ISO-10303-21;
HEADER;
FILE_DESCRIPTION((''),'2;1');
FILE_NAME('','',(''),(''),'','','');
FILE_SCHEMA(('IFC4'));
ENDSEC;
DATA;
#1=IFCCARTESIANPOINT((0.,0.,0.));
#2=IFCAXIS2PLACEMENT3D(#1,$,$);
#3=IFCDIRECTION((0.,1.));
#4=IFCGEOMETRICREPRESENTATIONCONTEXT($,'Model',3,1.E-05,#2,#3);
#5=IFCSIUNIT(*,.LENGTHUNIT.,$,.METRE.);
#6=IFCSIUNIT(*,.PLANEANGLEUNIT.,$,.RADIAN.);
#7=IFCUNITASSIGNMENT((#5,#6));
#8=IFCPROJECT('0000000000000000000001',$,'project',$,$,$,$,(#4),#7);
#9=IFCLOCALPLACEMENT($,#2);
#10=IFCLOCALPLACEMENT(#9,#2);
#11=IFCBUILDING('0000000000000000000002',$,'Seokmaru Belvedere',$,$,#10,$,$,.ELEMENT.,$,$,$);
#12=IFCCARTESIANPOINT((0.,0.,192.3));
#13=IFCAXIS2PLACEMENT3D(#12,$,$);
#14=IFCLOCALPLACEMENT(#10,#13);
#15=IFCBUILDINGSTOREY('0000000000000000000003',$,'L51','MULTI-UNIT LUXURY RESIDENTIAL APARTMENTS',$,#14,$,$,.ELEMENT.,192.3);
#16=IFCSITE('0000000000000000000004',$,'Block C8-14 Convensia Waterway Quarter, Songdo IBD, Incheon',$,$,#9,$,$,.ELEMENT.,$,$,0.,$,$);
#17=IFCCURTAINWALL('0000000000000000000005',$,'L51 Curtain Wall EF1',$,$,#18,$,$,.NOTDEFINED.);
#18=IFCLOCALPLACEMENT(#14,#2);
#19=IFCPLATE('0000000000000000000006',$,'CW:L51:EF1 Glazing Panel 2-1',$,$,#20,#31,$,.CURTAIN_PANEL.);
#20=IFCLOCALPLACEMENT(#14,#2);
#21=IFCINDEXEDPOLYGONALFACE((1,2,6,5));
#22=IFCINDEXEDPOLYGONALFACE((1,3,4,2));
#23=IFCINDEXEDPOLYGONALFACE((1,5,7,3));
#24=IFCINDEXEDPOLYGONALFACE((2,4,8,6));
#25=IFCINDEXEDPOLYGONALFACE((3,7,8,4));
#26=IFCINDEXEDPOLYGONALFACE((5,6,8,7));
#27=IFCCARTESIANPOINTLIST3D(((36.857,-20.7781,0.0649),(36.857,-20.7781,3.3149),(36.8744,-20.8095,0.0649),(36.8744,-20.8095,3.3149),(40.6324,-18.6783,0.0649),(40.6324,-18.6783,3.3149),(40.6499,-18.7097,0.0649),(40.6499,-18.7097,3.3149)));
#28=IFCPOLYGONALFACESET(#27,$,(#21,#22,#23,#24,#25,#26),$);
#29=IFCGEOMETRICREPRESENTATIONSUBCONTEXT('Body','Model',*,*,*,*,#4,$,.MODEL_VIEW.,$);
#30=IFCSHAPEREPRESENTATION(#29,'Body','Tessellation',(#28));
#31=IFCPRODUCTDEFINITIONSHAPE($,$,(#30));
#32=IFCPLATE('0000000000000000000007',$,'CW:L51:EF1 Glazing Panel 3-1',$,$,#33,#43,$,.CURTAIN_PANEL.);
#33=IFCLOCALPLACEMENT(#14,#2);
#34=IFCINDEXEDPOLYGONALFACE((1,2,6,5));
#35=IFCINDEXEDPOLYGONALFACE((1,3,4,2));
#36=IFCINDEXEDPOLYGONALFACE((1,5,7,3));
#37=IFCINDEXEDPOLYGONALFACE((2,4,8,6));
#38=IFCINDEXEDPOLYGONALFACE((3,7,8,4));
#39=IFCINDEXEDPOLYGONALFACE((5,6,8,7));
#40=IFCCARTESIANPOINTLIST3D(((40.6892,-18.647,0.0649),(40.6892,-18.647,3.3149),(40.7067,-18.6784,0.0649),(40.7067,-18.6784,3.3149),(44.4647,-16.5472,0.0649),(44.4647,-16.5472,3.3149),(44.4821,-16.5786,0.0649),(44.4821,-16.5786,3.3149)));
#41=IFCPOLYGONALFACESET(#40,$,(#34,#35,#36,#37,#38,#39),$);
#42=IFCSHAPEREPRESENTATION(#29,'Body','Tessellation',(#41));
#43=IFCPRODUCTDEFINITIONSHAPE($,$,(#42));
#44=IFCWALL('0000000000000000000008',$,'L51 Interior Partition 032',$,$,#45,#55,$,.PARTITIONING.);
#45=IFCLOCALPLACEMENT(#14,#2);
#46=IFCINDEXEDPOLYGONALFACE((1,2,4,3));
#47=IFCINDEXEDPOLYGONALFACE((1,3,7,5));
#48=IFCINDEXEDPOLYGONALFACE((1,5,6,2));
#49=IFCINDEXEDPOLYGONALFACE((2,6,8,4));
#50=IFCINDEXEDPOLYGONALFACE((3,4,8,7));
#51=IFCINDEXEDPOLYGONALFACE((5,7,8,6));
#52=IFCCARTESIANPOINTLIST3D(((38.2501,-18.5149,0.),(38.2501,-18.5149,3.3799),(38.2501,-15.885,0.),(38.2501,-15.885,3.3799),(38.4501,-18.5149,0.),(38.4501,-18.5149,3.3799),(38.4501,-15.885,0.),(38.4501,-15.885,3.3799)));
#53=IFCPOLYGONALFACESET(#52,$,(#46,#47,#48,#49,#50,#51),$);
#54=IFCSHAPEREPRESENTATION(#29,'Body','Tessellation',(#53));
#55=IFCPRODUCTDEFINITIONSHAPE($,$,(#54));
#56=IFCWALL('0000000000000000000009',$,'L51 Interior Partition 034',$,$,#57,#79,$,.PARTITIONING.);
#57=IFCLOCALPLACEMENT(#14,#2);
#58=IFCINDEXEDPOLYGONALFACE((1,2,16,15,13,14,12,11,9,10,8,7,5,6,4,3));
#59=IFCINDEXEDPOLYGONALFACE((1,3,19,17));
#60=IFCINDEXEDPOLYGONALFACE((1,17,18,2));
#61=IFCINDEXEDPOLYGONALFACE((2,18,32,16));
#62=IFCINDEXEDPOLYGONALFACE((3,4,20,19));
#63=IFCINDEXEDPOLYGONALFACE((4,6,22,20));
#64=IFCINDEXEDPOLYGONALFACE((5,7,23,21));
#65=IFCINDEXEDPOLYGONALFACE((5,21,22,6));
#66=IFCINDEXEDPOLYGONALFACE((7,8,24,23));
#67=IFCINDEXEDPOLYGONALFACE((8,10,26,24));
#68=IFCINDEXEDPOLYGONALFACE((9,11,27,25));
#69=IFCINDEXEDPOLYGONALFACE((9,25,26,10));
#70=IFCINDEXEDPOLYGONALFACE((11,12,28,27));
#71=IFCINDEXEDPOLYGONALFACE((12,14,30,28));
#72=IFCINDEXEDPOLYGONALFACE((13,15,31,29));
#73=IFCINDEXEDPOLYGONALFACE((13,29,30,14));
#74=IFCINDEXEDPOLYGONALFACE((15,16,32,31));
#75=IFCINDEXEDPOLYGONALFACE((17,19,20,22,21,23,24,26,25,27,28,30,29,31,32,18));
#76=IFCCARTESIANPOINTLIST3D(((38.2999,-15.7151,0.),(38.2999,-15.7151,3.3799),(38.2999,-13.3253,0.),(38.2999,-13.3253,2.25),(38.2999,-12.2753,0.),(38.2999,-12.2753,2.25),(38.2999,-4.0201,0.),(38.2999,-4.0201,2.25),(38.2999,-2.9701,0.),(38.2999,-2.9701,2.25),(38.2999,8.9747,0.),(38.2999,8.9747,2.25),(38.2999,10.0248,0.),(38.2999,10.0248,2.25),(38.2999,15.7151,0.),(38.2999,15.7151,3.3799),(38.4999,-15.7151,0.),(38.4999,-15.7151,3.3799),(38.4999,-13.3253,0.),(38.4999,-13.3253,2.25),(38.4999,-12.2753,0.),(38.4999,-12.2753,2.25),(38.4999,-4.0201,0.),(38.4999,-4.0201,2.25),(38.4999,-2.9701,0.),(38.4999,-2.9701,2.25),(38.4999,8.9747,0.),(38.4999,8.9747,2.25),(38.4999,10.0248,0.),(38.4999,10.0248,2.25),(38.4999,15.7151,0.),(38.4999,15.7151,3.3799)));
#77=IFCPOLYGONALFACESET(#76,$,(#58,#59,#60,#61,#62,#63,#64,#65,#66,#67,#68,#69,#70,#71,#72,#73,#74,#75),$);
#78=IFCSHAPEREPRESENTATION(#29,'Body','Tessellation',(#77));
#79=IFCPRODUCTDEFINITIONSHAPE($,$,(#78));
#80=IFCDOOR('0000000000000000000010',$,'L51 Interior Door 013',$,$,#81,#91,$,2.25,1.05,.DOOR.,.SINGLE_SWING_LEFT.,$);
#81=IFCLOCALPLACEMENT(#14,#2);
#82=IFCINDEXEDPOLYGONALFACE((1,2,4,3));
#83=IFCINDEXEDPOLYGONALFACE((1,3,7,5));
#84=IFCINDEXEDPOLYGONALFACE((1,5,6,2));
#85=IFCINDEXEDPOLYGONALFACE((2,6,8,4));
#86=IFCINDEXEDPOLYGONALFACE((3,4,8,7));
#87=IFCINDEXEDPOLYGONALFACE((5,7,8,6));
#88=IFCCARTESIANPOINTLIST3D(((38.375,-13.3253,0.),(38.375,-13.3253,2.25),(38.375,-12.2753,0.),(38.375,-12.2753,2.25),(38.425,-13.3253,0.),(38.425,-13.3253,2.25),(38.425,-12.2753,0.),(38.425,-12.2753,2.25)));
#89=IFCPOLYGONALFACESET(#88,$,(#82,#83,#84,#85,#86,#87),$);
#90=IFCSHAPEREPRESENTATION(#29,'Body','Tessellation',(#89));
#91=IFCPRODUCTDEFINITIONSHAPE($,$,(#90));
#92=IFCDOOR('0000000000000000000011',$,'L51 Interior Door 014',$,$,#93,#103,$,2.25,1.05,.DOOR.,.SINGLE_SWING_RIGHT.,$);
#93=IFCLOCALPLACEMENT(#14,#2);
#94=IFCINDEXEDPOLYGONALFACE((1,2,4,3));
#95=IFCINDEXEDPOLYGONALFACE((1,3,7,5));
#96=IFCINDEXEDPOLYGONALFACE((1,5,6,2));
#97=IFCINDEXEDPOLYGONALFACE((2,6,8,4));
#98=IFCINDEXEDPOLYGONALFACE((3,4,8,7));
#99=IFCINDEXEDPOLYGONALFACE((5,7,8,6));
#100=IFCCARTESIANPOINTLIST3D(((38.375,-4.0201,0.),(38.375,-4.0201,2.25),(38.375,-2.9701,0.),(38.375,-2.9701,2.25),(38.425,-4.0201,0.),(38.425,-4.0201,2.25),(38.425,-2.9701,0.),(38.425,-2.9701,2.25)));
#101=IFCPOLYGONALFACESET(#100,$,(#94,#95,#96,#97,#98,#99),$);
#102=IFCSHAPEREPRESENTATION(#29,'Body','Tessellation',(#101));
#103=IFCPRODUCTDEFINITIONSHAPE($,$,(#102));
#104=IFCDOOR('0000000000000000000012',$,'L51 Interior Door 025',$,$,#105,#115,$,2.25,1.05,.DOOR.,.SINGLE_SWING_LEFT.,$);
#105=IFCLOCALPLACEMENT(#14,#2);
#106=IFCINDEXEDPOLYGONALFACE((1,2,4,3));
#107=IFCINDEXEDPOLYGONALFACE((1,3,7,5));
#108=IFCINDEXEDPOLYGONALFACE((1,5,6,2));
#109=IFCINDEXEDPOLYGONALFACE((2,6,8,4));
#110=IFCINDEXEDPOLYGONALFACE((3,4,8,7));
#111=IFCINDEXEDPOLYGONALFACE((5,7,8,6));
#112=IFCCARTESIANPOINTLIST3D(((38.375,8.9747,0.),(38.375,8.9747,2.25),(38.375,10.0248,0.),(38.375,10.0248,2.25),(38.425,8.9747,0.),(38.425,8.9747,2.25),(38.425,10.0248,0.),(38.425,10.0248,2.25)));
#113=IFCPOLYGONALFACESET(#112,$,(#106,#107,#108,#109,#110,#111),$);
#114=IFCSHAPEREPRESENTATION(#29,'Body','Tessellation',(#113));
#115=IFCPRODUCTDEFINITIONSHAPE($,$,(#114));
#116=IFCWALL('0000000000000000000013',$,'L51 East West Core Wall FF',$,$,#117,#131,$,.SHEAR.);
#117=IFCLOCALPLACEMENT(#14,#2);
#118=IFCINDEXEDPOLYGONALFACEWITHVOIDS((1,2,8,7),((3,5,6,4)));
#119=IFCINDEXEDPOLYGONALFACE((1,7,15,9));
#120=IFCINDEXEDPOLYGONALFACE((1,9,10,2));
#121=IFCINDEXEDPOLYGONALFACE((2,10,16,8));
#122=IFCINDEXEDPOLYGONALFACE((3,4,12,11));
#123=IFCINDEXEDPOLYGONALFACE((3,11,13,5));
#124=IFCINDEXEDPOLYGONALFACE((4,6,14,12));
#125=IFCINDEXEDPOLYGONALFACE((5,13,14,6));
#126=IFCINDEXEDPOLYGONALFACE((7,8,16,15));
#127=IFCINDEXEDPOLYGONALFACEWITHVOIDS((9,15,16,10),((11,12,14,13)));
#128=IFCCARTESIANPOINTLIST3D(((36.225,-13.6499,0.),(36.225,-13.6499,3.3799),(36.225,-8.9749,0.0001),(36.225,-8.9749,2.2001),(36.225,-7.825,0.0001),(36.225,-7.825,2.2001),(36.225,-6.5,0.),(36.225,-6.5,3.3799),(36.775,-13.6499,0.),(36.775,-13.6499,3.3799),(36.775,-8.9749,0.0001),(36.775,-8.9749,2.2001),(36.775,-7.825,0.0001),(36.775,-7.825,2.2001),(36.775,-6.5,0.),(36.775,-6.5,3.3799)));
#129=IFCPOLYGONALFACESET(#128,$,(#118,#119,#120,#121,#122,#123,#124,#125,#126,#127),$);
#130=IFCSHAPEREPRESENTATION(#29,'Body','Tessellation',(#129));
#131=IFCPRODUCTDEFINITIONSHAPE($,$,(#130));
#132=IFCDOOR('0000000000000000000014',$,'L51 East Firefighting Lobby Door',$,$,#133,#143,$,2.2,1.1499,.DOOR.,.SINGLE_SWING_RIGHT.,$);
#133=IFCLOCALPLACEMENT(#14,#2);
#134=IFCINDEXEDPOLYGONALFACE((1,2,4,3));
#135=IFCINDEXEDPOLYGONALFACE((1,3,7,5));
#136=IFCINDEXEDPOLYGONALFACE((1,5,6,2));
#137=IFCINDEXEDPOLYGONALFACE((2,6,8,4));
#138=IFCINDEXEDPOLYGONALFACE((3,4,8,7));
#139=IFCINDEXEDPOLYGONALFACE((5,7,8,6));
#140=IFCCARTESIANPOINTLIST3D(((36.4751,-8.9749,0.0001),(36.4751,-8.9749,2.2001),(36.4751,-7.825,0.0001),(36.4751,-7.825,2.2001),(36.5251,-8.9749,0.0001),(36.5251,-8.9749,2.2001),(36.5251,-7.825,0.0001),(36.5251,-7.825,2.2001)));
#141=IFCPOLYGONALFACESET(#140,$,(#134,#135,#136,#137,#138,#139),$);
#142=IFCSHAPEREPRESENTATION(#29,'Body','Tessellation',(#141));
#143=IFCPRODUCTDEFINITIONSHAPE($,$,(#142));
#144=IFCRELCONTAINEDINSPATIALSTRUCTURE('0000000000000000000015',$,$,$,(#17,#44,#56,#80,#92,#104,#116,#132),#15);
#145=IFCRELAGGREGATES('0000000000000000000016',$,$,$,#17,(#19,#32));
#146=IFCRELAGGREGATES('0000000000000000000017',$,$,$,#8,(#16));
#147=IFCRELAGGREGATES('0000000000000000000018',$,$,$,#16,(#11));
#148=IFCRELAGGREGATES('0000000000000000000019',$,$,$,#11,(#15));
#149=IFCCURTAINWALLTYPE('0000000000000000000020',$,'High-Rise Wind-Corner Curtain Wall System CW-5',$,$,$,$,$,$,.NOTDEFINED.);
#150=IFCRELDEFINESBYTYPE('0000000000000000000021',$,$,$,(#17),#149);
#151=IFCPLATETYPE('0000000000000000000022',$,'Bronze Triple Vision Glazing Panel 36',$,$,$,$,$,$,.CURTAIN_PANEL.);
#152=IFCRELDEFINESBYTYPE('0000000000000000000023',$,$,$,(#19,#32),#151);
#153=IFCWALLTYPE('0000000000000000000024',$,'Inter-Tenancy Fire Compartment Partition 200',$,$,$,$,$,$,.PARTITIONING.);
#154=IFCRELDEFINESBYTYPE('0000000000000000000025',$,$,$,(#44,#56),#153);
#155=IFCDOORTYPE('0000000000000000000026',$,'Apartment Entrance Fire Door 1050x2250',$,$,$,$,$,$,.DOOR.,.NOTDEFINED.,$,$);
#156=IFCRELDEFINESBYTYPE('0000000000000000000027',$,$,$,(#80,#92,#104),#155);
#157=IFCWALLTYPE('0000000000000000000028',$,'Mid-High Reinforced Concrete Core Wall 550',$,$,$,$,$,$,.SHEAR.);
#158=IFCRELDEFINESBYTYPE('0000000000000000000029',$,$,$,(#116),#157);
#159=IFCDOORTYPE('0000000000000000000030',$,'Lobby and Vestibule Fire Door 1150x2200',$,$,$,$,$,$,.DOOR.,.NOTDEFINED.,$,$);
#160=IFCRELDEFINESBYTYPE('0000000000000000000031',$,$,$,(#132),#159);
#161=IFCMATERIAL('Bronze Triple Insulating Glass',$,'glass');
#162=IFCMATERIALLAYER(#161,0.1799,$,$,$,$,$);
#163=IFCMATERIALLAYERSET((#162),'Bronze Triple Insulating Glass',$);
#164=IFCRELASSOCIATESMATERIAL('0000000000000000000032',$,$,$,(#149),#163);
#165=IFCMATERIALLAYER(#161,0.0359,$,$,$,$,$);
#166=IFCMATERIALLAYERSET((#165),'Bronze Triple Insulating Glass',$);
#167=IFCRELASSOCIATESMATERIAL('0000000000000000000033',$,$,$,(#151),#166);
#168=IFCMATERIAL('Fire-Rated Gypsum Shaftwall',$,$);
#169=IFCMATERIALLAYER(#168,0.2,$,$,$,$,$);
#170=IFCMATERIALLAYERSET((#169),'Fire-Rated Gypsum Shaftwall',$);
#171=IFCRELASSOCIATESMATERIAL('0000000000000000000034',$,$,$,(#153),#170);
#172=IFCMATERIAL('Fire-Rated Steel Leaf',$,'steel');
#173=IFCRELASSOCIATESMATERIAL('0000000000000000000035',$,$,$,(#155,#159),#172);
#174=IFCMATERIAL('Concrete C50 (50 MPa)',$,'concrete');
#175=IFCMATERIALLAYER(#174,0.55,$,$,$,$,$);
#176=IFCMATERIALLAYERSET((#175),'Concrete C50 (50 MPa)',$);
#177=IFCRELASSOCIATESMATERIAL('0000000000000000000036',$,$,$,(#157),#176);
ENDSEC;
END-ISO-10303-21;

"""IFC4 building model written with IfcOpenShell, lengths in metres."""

from ifc_helpers import new_model, si_unit, direction, frame, frame_2d, origin, origin_2d, place, context, subcontext, project, spatial, rectangle, extrude, source, transform, mapped, material, layer, layer_set, type_object, type_shapes, element, fill, aggregate, save


model = new_model("IFC4")

# Units and contexts
model_context = context("Model", 3, precision=1e-05, world=origin(), true_north=direction((0.0, 1.0)))
body_context = subcontext(model_context, "Body", "Model", "MODEL_VIEW")
ifc_project = project(units=[si_unit("LENGTHUNIT", "METRE"), si_unit("PLANEANGLEUNIT", "RADIAN")], contexts=[model_context])

# Site, building, storey
site_placement = place(None, origin())
site = spatial("IfcSite", under=ifc_project, at=site_placement, Name="Block C8-14 Convensia Waterway Quarter, Songdo IBD, Incheon", CompositionType="ELEMENT", RefElevation=0.0)
building_placement = place(site_placement, origin())
building = spatial("IfcBuilding", under=site, at=building_placement, Name="Seokmaru Belvedere", CompositionType="ELEMENT")
storey_placement = place(building_placement, frame((0.0, 0.0, 192.3)))
storey = spatial("IfcBuildingStorey", under=building, at=storey_placement, Name="L51", Description="MULTI-UNIT LUXURY RESIDENTIAL APARTMENTS", CompositionType="ELEMENT", Elevation=192.3)

# Curtain wall, plates
ifc_material_1 = material(Name="Bronze Triple Insulating Glass", Category="glass")
ifc_layer_1 = layer(ifc_material_1, 0.1799)
ifc_layer_set_1 = layer_set([ifc_layer_1], Name="Bronze Triple Insulating Glass")
curtain_wall_type = type_object("IfcCurtainWallType", Name="High-Rise Wind-Corner Curtain Wall System CW-5", PredefinedType="NOTDEFINED", material=ifc_layer_set_1)
curtain_wall_placement = place(storey_placement, origin())
curtain_wall = element("IfcCurtainWall", 1, at=curtain_wall_placement, inside=storey, type_object=curtain_wall_type, Name="L51 Curtain Wall EF1", PredefinedType="NOTDEFINED")
ifc_layer_2 = layer(ifc_material_1, 0.0359)
ifc_layer_set_2 = layer_set([ifc_layer_2], Name="Bronze Triple Insulating Glass")
plate_type = type_object("IfcPlateType", Name="Bronze Triple Vision Glazing Panel 36", PredefinedType="CURTAIN_PANEL", material=ifc_layer_set_2)
shared_shape_1 = source(origin(), body_context, "Body", "SweptSolid", [
    extrude(rectangle(XDim=4.3201, YDim=0.0359, at=origin_2d()), origin(), (0.0, 0.0, 1.0), 3.25),
])
type_shapes(plate_type, [shared_shape_1])
plate_1_placement = place(storey_placement, frame((38.7534, -19.7439, 0.0649), z_axis=(0.0, 0.0, 1.0), x_axis=(0.873933, 0.486047, 0.0)))
plate_1 = element("IfcPlate", 2, at=plate_1_placement, type_object=plate_type, Name="CW:L51:EF1 Glazing Panel 2-1", PredefinedType="CURTAIN_PANEL", context=body_context, shape_type="MappedRepresentation", body=[
    mapped(shared_shape_1, transform((0.0, 0.0, 0.0), scale=1.0)),
])
plate_2_placement = place(storey_placement, frame((42.5857, -17.6128, 0.0649), z_axis=(0.0, 0.0, 1.0), x_axis=(0.873933, 0.486047, 0.0)))
plate_2 = element("IfcPlate", 3, at=plate_2_placement, type_object=plate_type, Name="CW:L51:EF1 Glazing Panel 3-1", PredefinedType="CURTAIN_PANEL", context=body_context, shape_type="MappedRepresentation", body=[
    mapped(shared_shape_1, transform((0.0, 0.0, 0.0), scale=1.0)),
])
aggregate(curtain_wall, [plate_1, plate_2])

# Wall
ifc_material_2 = material(Name="Fire-Rated Gypsum Shaftwall")
ifc_layer_3 = layer(ifc_material_2, 0.2)
ifc_layer_set_3 = layer_set([ifc_layer_3], Name="Fire-Rated Gypsum Shaftwall")
wall_type_1 = type_object("IfcWallType", Name="Inter-Tenancy Fire Compartment Partition 200", PredefinedType="PARTITIONING", material=ifc_layer_set_3)
wall_1_placement = place(storey_placement, frame((38.3501, -18.5149, 0.0), z_axis=(0.0, 0.0, 1.0), x_axis=(0.0, 1.0, 0.0)))
element("IfcWall", 4, at=wall_1_placement, inside=storey, type_object=wall_type_1, Name="L51 Interior Partition 032", PredefinedType="PARTITIONING", context=body_context, shape_type="SweptSolid", body=[
    extrude(rectangle(XDim=2.6299, YDim=0.2, at=frame_2d((1.3149, 0.0))), origin(), (0.0, 0.0, 1.0), 3.3799),
])

# Wall, openings, doors
wall_2_placement = place(storey_placement, frame((38.3999, -15.7151, 0.0), z_axis=(0.0, 0.0, 1.0), x_axis=(0.0, 1.0, 0.0)))
wall_2 = element("IfcWall", 5, at=wall_2_placement, inside=storey, type_object=wall_type_1, Name="L51 Interior Partition 034", PredefinedType="PARTITIONING", context=body_context, shape_type="SweptSolid", body=[
    extrude(rectangle(XDim=31.4302, YDim=0.2, at=frame_2d((15.7151, 0.0))), origin(), (0.0, 0.0, 1.0), 3.3799),
])
opening_1_placement = place(wall_2_placement, frame((2.3899, 0.0, 0.0)))
opening_1 = element("IfcOpeningElement", 6, at=opening_1_placement, cuts=wall_2, PredefinedType="OPENING", context=body_context, shape_type="SweptSolid", body=[
    extrude(rectangle(XDim=1.05, YDim=2.25, at=frame_2d((0.5249, 1.125))), frame((0.0, 0.1099, 0.0), z_axis=(0.0, -1.0, 0.0), x_axis=(1.0, 0.0, 0.0)), (0.0, 0.0, 1.0), 0.22),
])
opening_2_placement = place(wall_2_placement, frame((11.6951, 0.0, 0.0)))
opening_2 = element("IfcOpeningElement", 7, at=opening_2_placement, cuts=wall_2, PredefinedType="OPENING", context=body_context, shape_type="SweptSolid", body=[
    extrude(rectangle(XDim=1.05, YDim=2.25, at=frame_2d((0.5249, 1.125))), frame((0.0, 0.1099, 0.0), z_axis=(0.0, -1.0, 0.0), x_axis=(1.0, 0.0, 0.0)), (0.0, 0.0, 1.0), 0.22),
])
opening_3_placement = place(wall_2_placement, frame((24.6899, 0.0, 0.0)))
opening_3 = element("IfcOpeningElement", 8, at=opening_3_placement, cuts=wall_2, PredefinedType="OPENING", context=body_context, shape_type="SweptSolid", body=[
    extrude(rectangle(XDim=1.05, YDim=2.25, at=frame_2d((0.5249, 1.125))), frame((0.0, 0.1099, 0.0), z_axis=(0.0, -1.0, 0.0), x_axis=(1.0, 0.0, 0.0)), (0.0, 0.0, 1.0), 0.22),
])
ifc_material_3 = material(Name="Fire-Rated Steel Leaf", Category="steel")
door_type_1 = type_object("IfcDoorType", Name="Apartment Entrance Fire Door 1050x2250", OperationType="NOTDEFINED", PredefinedType="DOOR", material=ifc_material_3)
shared_shape_2 = source(origin(), body_context, "Body", "SweptSolid", [
    extrude(rectangle(XDim=1.05, YDim=2.25, at=frame_2d((0.5249, 1.125))), frame((0.0, 0.0249, 0.0), z_axis=(0.0, -1.0, 0.0), x_axis=(1.0, 0.0, 0.0)), (0.0, 0.0, 1.0), 0.05),
])
type_shapes(door_type_1, [shared_shape_2])
door_1_placement = place(opening_1_placement, origin())
door_1 = element("IfcDoor", 9, at=door_1_placement, inside=storey, type_object=door_type_1, Name="L51 Interior Door 013", OperationType="SINGLE_SWING_LEFT", OverallHeight=2.25, OverallWidth=1.05, PredefinedType="DOOR", context=body_context, shape_type="MappedRepresentation", body=[
    mapped(shared_shape_2, transform((0.0, 0.0, 0.0), scale=1.0)),
])
fill(opening_1, door_1)
door_2_placement = place(opening_2_placement, origin())
door_2 = element("IfcDoor", 10, at=door_2_placement, inside=storey, type_object=door_type_1, Name="L51 Interior Door 014", OperationType="SINGLE_SWING_RIGHT", OverallHeight=2.25, OverallWidth=1.05, PredefinedType="DOOR", context=body_context, shape_type="MappedRepresentation", body=[
    mapped(shared_shape_2, transform((0.0, 0.0, 0.0), scale=1.0)),
])
fill(opening_2, door_2)
door_3_placement = place(opening_3_placement, origin())
door_3 = element("IfcDoor", 11, at=door_3_placement, inside=storey, type_object=door_type_1, Name="L51 Interior Door 025", OperationType="SINGLE_SWING_LEFT", OverallHeight=2.25, OverallWidth=1.05, PredefinedType="DOOR", context=body_context, shape_type="MappedRepresentation", body=[
    mapped(shared_shape_2, transform((0.0, 0.0, 0.0), scale=1.0)),
])
fill(opening_3, door_3)

# Wall, opening, door
ifc_material_4 = material(Name="Concrete C50 (50 MPa)", Category="concrete")
ifc_layer_4 = layer(ifc_material_4, 0.55)
ifc_layer_set_4 = layer_set([ifc_layer_4], Name="Concrete C50 (50 MPa)")
wall_type_2 = type_object("IfcWallType", Name="Mid-High Reinforced Concrete Core Wall 550", PredefinedType="SHEAR", material=ifc_layer_set_4)
wall_3_placement = place(storey_placement, frame((36.5, -13.6499, 0.0), z_axis=(0.0, 0.0, 1.0), x_axis=(0.0, 1.0, 0.0)))
wall_3 = element("IfcWall", 12, at=wall_3_placement, inside=storey, type_object=wall_type_2, Name="L51 East West Core Wall FF", PredefinedType="SHEAR", context=body_context, shape_type="SweptSolid", body=[
    extrude(rectangle(XDim=7.1499, YDim=0.55, at=frame_2d((3.575, 0.0))), origin(), (0.0, 0.0, 1.0), 3.3799),
])
opening_4_placement = place(wall_3_placement, frame((4.675, 0.0, 0.0)))
opening_4 = element("IfcOpeningElement", 13, at=opening_4_placement, cuts=wall_3, PredefinedType="OPENING", context=body_context, shape_type="SweptSolid", body=[
    extrude(rectangle(XDim=1.1499, YDim=2.2, at=frame_2d((0.575, 1.1001))), frame((0.0, 0.2852, 0.0), z_axis=(0.0, -1.0, 0.0), x_axis=(1.0, 0.0, 0.0)), (0.0, 0.0, 1.0), 0.5701),
])
door_type_2 = type_object("IfcDoorType", Name="Lobby and Vestibule Fire Door 1150x2200", OperationType="NOTDEFINED", PredefinedType="DOOR", material=ifc_material_3)
shared_shape_3 = source(origin(), body_context, "Body", "SweptSolid", [
    extrude(rectangle(XDim=1.1499, YDim=2.2, at=frame_2d((0.575, 1.1001))), frame((0.0, 0.0249, 0.0), z_axis=(0.0, -1.0, 0.0), x_axis=(1.0, 0.0, 0.0)), (0.0, 0.0, 1.0), 0.05),
])
type_shapes(door_type_2, [shared_shape_3])
door_4_placement = place(opening_4_placement, origin())
door_4 = element("IfcDoor", 14, at=door_4_placement, inside=storey, type_object=door_type_2, Name="L51 East Firefighting Lobby Door", OperationType="SINGLE_SWING_RIGHT", OverallHeight=2.2, OverallWidth=1.1499, PredefinedType="DOOR", context=body_context, shape_type="MappedRepresentation", body=[
    mapped(shared_shape_3, transform((0.0, 0.0, 0.0), scale=1.0)),
])
fill(opening_4, door_4)

save(model, "model.ifc")
